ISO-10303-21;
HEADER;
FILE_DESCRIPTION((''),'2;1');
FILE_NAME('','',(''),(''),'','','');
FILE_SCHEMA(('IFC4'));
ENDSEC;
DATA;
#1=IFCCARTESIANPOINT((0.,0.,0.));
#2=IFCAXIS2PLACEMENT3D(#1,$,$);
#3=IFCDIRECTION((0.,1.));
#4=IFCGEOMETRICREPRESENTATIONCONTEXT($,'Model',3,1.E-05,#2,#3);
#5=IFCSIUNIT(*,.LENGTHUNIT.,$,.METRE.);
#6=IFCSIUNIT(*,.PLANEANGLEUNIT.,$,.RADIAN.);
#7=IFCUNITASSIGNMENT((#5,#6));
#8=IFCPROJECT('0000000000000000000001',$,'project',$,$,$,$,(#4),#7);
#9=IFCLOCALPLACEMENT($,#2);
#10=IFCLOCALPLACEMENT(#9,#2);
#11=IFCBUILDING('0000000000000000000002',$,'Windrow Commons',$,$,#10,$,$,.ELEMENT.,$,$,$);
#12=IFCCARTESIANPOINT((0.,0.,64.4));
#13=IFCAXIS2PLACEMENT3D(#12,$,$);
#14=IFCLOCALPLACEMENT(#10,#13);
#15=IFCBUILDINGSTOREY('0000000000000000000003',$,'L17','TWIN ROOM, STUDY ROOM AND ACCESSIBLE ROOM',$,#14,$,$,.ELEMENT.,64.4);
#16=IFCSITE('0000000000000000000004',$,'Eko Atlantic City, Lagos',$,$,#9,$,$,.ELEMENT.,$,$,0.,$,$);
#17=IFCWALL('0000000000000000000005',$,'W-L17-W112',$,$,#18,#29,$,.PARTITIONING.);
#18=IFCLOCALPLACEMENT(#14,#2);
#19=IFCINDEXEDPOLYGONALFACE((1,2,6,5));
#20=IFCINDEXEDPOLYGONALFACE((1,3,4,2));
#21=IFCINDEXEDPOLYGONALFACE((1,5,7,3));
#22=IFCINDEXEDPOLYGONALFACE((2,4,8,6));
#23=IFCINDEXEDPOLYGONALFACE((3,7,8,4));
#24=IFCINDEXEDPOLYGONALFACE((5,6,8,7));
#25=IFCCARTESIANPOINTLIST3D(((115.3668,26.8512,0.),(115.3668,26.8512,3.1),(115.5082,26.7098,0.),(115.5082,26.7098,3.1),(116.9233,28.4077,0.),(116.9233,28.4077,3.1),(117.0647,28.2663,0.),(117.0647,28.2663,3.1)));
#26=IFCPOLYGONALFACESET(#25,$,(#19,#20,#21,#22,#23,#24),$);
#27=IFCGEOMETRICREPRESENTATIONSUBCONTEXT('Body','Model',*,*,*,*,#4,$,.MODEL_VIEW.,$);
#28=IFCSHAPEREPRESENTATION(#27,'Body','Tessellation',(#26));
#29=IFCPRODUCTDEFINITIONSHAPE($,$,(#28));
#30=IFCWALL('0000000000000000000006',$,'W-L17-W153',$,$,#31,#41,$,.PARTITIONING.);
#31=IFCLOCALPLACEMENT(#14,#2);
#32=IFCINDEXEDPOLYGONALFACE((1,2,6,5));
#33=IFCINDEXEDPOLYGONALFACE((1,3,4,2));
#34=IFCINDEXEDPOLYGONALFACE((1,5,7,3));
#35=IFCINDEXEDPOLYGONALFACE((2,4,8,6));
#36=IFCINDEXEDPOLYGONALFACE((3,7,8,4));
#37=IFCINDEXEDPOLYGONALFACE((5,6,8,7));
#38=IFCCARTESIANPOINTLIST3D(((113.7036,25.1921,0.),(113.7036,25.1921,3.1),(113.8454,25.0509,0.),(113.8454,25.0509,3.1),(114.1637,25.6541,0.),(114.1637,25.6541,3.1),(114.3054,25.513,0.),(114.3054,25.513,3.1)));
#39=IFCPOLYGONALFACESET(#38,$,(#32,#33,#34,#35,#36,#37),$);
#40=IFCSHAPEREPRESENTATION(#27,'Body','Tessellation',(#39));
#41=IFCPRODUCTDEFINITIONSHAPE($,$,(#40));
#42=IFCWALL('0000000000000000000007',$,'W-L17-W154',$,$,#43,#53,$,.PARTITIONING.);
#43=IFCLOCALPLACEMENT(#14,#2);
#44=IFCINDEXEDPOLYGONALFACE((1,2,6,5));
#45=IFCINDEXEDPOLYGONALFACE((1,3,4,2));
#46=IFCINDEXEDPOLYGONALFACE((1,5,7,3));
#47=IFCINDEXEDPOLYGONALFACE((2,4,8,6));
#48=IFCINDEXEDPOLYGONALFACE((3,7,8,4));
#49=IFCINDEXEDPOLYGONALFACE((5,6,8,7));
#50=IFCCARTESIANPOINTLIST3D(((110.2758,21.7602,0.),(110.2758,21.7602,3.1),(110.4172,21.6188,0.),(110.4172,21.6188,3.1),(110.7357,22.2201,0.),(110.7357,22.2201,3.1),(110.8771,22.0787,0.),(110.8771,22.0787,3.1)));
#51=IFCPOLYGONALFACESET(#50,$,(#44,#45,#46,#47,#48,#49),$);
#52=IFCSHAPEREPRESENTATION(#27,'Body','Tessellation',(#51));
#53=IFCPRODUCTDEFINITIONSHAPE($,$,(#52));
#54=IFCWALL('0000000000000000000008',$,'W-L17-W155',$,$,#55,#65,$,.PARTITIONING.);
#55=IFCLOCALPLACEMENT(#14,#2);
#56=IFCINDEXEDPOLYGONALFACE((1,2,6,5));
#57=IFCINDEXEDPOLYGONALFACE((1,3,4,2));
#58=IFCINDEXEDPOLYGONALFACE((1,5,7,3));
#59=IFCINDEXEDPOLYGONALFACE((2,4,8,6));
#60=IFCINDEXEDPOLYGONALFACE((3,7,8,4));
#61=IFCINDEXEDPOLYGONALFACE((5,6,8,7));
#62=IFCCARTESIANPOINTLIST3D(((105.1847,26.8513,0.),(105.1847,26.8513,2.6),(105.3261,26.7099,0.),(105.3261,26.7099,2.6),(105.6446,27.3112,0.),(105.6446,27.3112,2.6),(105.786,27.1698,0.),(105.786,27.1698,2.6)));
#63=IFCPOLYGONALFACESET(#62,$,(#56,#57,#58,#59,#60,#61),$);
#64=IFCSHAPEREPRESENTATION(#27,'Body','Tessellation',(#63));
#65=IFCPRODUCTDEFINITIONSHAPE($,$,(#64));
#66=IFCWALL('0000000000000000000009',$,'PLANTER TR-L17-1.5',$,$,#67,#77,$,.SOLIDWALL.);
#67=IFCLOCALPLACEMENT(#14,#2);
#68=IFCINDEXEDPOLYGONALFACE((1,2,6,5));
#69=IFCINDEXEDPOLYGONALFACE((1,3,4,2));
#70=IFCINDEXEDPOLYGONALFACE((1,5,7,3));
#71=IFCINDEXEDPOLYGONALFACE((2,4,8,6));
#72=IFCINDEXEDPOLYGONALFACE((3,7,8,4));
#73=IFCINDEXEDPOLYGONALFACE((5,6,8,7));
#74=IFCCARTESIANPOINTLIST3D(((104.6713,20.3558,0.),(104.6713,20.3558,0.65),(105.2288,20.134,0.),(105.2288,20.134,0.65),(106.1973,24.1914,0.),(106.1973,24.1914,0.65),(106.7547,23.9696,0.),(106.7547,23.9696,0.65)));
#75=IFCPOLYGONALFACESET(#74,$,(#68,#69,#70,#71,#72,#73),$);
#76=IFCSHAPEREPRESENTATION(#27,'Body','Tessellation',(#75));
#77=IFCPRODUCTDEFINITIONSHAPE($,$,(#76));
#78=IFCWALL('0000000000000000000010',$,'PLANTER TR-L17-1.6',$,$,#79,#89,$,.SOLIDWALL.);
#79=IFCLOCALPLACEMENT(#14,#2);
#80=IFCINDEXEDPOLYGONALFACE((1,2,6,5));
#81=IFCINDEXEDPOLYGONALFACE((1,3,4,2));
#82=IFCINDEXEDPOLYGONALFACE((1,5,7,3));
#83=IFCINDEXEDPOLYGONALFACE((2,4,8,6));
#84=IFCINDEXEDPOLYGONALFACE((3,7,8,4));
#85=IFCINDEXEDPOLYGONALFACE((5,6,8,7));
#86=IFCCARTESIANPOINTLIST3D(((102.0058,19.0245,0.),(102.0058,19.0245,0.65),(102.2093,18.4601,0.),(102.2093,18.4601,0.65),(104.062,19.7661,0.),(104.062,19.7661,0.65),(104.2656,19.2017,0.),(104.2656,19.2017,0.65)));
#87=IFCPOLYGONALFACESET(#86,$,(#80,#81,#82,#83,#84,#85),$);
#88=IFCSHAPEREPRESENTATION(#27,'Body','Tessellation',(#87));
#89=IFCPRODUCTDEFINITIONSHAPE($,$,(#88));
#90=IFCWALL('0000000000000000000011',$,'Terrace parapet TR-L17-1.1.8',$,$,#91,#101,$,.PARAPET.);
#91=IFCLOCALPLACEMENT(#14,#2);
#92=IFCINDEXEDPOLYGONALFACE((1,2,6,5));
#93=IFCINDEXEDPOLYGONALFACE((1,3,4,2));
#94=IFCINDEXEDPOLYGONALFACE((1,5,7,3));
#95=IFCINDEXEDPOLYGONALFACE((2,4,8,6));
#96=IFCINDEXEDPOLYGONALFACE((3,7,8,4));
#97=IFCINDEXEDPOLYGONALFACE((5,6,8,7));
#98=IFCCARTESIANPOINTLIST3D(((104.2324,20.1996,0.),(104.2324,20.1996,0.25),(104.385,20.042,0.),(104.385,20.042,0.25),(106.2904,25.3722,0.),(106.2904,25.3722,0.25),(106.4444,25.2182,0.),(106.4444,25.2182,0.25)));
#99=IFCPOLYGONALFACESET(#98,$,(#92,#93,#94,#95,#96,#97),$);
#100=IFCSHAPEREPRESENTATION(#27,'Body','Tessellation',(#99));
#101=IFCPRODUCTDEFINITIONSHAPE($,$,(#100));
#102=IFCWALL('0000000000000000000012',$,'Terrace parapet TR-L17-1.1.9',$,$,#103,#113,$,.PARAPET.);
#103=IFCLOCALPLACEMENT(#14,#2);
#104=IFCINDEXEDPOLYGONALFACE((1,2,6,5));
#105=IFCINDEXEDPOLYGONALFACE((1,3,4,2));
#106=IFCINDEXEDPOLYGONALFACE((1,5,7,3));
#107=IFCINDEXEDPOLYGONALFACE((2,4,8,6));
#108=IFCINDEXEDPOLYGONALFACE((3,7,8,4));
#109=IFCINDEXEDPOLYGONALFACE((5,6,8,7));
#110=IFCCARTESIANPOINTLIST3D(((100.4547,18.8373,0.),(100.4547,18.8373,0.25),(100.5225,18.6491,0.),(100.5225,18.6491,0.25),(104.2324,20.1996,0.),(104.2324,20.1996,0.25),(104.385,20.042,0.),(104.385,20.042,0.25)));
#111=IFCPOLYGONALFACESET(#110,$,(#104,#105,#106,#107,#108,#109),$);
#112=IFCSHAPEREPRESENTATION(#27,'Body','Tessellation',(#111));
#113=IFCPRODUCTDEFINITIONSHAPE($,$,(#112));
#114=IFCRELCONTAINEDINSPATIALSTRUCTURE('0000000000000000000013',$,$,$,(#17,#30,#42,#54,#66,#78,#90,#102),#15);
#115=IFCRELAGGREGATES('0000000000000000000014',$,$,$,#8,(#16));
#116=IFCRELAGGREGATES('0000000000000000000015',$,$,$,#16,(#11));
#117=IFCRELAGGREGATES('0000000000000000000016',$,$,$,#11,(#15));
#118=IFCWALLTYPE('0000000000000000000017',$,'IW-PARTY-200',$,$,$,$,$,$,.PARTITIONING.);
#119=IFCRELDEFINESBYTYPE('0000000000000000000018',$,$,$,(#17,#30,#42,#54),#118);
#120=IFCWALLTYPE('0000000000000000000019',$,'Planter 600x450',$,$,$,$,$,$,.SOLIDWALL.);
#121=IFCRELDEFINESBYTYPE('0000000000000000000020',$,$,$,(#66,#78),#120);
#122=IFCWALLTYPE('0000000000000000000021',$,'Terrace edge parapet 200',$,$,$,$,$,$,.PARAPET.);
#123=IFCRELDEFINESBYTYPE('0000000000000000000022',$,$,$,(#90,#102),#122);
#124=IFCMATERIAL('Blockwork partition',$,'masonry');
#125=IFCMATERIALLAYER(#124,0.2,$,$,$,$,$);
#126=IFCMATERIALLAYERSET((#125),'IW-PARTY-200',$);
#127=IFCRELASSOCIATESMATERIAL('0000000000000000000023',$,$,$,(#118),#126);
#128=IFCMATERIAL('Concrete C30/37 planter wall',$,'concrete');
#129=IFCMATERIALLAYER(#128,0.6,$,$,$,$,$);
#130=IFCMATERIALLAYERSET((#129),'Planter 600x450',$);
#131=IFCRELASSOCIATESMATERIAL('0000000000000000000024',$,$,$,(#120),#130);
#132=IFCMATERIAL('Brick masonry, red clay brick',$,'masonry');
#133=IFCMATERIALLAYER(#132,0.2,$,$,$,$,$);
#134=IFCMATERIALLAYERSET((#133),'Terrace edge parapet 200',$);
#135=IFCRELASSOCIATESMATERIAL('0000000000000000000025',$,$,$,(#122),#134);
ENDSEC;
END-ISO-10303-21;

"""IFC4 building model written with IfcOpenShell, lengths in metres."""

from ifc_helpers import new_model, si_unit, direction, frame, frame_2d, origin, place, context, subcontext, project, spatial, polyline, rectangle, outline, extrude, material, layer, layer_set, type_object, element, save


model = new_model("IFC4")

# Units and contexts
model_context = context("Model", 3, precision=1e-05, world=origin(), true_north=direction((0.0, 1.0)))
body_context = subcontext(model_context, "Body", "Model", "MODEL_VIEW")
ifc_project = project(units=[si_unit("LENGTHUNIT", "METRE"), si_unit("PLANEANGLEUNIT", "RADIAN")], contexts=[model_context])

# Site, building, storey
site_placement = place(None, origin())
site = spatial("IfcSite", under=ifc_project, at=site_placement, Name="Eko Atlantic City, Lagos", CompositionType="ELEMENT", RefElevation=0.0)
building_placement = place(site_placement, origin())
building = spatial("IfcBuilding", under=site, at=building_placement, Name="Windrow Commons", CompositionType="ELEMENT")
storey_placement = place(building_placement, frame((0.0, 0.0, 64.4)))
storey = spatial("IfcBuildingStorey", under=building, at=storey_placement, Name="L17", Description="TWIN ROOM, STUDY ROOM AND ACCESSIBLE ROOM", CompositionType="ELEMENT", Elevation=64.4)

# Walls
ifc_material_1 = material(Name="Blockwork partition", Category="masonry")
ifc_layer_1 = layer(ifc_material_1, 0.2)
ifc_layer_set_1 = layer_set([ifc_layer_1], Name="IW-PARTY-200")
wall_type_1 = type_object("IfcWallType", Name="IW-PARTY-200", PredefinedType="PARTITIONING", material=ifc_layer_set_1)
wall_1_placement = place(storey_placement, frame((115.4375, 26.7805, 0.0), z_axis=(0.0, 0.0, 1.0), x_axis=(0.707107, 0.707107, 0.0)))
element("IfcWall", 1, at=wall_1_placement, inside=storey, type_object=wall_type_1, Name="W-L17-W112", PredefinedType="PARTITIONING", context=body_context, shape_type="SweptSolid", body=[
    extrude(rectangle(XDim=2.2012, YDim=0.2, at=frame_2d((1.1006, 0.0))), origin(), (0.0, 0.0, 1.0), 3.1),
])
wall_2_placement = place(storey_placement, frame((113.7745, 25.1215, 0.0), z_axis=(0.0, 0.0, 1.0), x_axis=(0.705571, 0.708639, 0.0)))
element("IfcWall", 2, at=wall_2_placement, inside=storey, type_object=wall_type_1, Name="W-L17-W153", PredefinedType="PARTITIONING", context=body_context, shape_type="SweptSolid", body=[
    extrude(rectangle(XDim=0.652, YDim=0.2, at=frame_2d((0.326, 0.0))), origin(), (0.0, 0.0, 1.0), 3.1),
])
wall_3_placement = place(storey_placement, frame((110.3465, 21.6895, 0.0), z_axis=(0.0, 0.0, 1.0), x_axis=(0.707107, 0.707107, 0.0)))
element("IfcWall", 3, at=wall_3_placement, inside=storey, type_object=wall_type_1, Name="W-L17-W154", PredefinedType="PARTITIONING", context=body_context, shape_type="SweptSolid", body=[
    extrude(rectangle(XDim=0.6505, YDim=0.2, at=frame_2d((0.3252, 0.0))), origin(), (0.0, 0.0, 1.0), 3.1),
])
wall_4_placement = place(storey_placement, frame((105.2554, 26.7806, 0.0), z_axis=(0.0, 0.0, 1.0), x_axis=(0.707107, 0.707107, 0.0)))
element("IfcWall", 4, at=wall_4_placement, inside=storey, type_object=wall_type_1, Name="W-L17-W155", PredefinedType="PARTITIONING", context=body_context, shape_type="SweptSolid", body=[
    extrude(rectangle(XDim=0.6505, YDim=0.2, at=frame_2d((0.3252, 0.0))), origin(), (0.0, 0.0, 1.0), 2.6),
])
ifc_material_2 = material(Name="Concrete C30/37 planter wall", Category="concrete")
ifc_layer_2 = layer(ifc_material_2, 0.6)
ifc_layer_set_2 = layer_set([ifc_layer_2], Name="Planter 600x450")
wall_type_2 = type_object("IfcWallType", Name="Planter 600x450", PredefinedType="SOLIDWALL", material=ifc_layer_set_2)
wall_5_placement = place(storey_placement, frame((106.476, 24.0805, 0.0), z_axis=(0.0, 0.0, 1.0), x_axis=(-0.369669, -0.929163, 0.0)))
element("IfcWall", 5, at=wall_5_placement, inside=storey, type_object=wall_type_2, Name="PLANTER TR-L17-1.5", PredefinedType="SOLIDWALL", context=body_context, shape_type="SweptSolid", body=[
    extrude(rectangle(XDim=4.128, YDim=0.6, at=frame_2d((2.064, 0.0))), origin(), (0.0, 0.0, 1.0), 0.65),
])
wall_6_placement = place(storey_placement, frame((104.1638, 19.4839, 0.0), z_axis=(0.0, 0.0, 1.0), x_axis=(-0.940693, -0.339259, 0.0)))
element("IfcWall", 6, at=wall_6_placement, inside=storey, type_object=wall_type_2, Name="PLANTER TR-L17-1.6", PredefinedType="SOLIDWALL", context=body_context, shape_type="SweptSolid", body=[
    extrude(outline(polyline([(0.0, -0.3), (2.1859, -0.3), (2.1859, 0.3), (0.0, 0.3), (0.0, -0.3)])), origin(), (0.0, 0.0, 1.0), 0.65),
])
ifc_material_3 = material(Name="Brick masonry, red clay brick", Category="masonry")
ifc_layer_3 = layer(ifc_material_3, 0.2)
ifc_layer_set_3 = layer_set([ifc_layer_3], Name="Terrace edge parapet 200")
wall_type_3 = type_object("IfcWallType", Name="Terrace edge parapet 200", PredefinedType="PARAPET", material=ifc_layer_set_3)
wall_7_placement = place(storey_placement, frame((106.3674, 25.2952, 0.0), z_axis=(0.0, 0.0, 1.0), x_axis=(-0.369678, -0.92916, 0.0)))
element("IfcWall", 7, at=wall_7_placement, inside=storey, type_object=wall_type_3, Name="Terrace parapet TR-L17-1.1.8", PredefinedType="PARAPET", context=body_context, shape_type="SweptSolid", body=[
    extrude(outline(polyline([(-0.0431, -0.1), (5.5239, -0.1), (5.6139, 0.1), (0.0431, 0.1), (-0.0431, -0.1)])), origin(), (0.0, 0.0, 1.0), 0.25),
])
wall_8_placement = place(storey_placement, frame((104.3087, 20.1208, 0.0), z_axis=(0.0, 0.0, 1.0), x_axis=(-0.940702, -0.339235, 0.0)))
element("IfcWall", 8, at=wall_8_placement, inside=storey, type_object=wall_type_3, Name="Terrace parapet TR-L17-1.1.9", PredefinedType="PARAPET", context=body_context, shape_type="SweptSolid", body=[
    extrude(outline(polyline([(0.045, -0.1), (4.0609, -0.1), (4.0609, 0.1), (-0.045, 0.1), (0.045, -0.1)])), origin(), (0.0, 0.0, 1.0), 0.25),
])

save(model, "model.ifc")
